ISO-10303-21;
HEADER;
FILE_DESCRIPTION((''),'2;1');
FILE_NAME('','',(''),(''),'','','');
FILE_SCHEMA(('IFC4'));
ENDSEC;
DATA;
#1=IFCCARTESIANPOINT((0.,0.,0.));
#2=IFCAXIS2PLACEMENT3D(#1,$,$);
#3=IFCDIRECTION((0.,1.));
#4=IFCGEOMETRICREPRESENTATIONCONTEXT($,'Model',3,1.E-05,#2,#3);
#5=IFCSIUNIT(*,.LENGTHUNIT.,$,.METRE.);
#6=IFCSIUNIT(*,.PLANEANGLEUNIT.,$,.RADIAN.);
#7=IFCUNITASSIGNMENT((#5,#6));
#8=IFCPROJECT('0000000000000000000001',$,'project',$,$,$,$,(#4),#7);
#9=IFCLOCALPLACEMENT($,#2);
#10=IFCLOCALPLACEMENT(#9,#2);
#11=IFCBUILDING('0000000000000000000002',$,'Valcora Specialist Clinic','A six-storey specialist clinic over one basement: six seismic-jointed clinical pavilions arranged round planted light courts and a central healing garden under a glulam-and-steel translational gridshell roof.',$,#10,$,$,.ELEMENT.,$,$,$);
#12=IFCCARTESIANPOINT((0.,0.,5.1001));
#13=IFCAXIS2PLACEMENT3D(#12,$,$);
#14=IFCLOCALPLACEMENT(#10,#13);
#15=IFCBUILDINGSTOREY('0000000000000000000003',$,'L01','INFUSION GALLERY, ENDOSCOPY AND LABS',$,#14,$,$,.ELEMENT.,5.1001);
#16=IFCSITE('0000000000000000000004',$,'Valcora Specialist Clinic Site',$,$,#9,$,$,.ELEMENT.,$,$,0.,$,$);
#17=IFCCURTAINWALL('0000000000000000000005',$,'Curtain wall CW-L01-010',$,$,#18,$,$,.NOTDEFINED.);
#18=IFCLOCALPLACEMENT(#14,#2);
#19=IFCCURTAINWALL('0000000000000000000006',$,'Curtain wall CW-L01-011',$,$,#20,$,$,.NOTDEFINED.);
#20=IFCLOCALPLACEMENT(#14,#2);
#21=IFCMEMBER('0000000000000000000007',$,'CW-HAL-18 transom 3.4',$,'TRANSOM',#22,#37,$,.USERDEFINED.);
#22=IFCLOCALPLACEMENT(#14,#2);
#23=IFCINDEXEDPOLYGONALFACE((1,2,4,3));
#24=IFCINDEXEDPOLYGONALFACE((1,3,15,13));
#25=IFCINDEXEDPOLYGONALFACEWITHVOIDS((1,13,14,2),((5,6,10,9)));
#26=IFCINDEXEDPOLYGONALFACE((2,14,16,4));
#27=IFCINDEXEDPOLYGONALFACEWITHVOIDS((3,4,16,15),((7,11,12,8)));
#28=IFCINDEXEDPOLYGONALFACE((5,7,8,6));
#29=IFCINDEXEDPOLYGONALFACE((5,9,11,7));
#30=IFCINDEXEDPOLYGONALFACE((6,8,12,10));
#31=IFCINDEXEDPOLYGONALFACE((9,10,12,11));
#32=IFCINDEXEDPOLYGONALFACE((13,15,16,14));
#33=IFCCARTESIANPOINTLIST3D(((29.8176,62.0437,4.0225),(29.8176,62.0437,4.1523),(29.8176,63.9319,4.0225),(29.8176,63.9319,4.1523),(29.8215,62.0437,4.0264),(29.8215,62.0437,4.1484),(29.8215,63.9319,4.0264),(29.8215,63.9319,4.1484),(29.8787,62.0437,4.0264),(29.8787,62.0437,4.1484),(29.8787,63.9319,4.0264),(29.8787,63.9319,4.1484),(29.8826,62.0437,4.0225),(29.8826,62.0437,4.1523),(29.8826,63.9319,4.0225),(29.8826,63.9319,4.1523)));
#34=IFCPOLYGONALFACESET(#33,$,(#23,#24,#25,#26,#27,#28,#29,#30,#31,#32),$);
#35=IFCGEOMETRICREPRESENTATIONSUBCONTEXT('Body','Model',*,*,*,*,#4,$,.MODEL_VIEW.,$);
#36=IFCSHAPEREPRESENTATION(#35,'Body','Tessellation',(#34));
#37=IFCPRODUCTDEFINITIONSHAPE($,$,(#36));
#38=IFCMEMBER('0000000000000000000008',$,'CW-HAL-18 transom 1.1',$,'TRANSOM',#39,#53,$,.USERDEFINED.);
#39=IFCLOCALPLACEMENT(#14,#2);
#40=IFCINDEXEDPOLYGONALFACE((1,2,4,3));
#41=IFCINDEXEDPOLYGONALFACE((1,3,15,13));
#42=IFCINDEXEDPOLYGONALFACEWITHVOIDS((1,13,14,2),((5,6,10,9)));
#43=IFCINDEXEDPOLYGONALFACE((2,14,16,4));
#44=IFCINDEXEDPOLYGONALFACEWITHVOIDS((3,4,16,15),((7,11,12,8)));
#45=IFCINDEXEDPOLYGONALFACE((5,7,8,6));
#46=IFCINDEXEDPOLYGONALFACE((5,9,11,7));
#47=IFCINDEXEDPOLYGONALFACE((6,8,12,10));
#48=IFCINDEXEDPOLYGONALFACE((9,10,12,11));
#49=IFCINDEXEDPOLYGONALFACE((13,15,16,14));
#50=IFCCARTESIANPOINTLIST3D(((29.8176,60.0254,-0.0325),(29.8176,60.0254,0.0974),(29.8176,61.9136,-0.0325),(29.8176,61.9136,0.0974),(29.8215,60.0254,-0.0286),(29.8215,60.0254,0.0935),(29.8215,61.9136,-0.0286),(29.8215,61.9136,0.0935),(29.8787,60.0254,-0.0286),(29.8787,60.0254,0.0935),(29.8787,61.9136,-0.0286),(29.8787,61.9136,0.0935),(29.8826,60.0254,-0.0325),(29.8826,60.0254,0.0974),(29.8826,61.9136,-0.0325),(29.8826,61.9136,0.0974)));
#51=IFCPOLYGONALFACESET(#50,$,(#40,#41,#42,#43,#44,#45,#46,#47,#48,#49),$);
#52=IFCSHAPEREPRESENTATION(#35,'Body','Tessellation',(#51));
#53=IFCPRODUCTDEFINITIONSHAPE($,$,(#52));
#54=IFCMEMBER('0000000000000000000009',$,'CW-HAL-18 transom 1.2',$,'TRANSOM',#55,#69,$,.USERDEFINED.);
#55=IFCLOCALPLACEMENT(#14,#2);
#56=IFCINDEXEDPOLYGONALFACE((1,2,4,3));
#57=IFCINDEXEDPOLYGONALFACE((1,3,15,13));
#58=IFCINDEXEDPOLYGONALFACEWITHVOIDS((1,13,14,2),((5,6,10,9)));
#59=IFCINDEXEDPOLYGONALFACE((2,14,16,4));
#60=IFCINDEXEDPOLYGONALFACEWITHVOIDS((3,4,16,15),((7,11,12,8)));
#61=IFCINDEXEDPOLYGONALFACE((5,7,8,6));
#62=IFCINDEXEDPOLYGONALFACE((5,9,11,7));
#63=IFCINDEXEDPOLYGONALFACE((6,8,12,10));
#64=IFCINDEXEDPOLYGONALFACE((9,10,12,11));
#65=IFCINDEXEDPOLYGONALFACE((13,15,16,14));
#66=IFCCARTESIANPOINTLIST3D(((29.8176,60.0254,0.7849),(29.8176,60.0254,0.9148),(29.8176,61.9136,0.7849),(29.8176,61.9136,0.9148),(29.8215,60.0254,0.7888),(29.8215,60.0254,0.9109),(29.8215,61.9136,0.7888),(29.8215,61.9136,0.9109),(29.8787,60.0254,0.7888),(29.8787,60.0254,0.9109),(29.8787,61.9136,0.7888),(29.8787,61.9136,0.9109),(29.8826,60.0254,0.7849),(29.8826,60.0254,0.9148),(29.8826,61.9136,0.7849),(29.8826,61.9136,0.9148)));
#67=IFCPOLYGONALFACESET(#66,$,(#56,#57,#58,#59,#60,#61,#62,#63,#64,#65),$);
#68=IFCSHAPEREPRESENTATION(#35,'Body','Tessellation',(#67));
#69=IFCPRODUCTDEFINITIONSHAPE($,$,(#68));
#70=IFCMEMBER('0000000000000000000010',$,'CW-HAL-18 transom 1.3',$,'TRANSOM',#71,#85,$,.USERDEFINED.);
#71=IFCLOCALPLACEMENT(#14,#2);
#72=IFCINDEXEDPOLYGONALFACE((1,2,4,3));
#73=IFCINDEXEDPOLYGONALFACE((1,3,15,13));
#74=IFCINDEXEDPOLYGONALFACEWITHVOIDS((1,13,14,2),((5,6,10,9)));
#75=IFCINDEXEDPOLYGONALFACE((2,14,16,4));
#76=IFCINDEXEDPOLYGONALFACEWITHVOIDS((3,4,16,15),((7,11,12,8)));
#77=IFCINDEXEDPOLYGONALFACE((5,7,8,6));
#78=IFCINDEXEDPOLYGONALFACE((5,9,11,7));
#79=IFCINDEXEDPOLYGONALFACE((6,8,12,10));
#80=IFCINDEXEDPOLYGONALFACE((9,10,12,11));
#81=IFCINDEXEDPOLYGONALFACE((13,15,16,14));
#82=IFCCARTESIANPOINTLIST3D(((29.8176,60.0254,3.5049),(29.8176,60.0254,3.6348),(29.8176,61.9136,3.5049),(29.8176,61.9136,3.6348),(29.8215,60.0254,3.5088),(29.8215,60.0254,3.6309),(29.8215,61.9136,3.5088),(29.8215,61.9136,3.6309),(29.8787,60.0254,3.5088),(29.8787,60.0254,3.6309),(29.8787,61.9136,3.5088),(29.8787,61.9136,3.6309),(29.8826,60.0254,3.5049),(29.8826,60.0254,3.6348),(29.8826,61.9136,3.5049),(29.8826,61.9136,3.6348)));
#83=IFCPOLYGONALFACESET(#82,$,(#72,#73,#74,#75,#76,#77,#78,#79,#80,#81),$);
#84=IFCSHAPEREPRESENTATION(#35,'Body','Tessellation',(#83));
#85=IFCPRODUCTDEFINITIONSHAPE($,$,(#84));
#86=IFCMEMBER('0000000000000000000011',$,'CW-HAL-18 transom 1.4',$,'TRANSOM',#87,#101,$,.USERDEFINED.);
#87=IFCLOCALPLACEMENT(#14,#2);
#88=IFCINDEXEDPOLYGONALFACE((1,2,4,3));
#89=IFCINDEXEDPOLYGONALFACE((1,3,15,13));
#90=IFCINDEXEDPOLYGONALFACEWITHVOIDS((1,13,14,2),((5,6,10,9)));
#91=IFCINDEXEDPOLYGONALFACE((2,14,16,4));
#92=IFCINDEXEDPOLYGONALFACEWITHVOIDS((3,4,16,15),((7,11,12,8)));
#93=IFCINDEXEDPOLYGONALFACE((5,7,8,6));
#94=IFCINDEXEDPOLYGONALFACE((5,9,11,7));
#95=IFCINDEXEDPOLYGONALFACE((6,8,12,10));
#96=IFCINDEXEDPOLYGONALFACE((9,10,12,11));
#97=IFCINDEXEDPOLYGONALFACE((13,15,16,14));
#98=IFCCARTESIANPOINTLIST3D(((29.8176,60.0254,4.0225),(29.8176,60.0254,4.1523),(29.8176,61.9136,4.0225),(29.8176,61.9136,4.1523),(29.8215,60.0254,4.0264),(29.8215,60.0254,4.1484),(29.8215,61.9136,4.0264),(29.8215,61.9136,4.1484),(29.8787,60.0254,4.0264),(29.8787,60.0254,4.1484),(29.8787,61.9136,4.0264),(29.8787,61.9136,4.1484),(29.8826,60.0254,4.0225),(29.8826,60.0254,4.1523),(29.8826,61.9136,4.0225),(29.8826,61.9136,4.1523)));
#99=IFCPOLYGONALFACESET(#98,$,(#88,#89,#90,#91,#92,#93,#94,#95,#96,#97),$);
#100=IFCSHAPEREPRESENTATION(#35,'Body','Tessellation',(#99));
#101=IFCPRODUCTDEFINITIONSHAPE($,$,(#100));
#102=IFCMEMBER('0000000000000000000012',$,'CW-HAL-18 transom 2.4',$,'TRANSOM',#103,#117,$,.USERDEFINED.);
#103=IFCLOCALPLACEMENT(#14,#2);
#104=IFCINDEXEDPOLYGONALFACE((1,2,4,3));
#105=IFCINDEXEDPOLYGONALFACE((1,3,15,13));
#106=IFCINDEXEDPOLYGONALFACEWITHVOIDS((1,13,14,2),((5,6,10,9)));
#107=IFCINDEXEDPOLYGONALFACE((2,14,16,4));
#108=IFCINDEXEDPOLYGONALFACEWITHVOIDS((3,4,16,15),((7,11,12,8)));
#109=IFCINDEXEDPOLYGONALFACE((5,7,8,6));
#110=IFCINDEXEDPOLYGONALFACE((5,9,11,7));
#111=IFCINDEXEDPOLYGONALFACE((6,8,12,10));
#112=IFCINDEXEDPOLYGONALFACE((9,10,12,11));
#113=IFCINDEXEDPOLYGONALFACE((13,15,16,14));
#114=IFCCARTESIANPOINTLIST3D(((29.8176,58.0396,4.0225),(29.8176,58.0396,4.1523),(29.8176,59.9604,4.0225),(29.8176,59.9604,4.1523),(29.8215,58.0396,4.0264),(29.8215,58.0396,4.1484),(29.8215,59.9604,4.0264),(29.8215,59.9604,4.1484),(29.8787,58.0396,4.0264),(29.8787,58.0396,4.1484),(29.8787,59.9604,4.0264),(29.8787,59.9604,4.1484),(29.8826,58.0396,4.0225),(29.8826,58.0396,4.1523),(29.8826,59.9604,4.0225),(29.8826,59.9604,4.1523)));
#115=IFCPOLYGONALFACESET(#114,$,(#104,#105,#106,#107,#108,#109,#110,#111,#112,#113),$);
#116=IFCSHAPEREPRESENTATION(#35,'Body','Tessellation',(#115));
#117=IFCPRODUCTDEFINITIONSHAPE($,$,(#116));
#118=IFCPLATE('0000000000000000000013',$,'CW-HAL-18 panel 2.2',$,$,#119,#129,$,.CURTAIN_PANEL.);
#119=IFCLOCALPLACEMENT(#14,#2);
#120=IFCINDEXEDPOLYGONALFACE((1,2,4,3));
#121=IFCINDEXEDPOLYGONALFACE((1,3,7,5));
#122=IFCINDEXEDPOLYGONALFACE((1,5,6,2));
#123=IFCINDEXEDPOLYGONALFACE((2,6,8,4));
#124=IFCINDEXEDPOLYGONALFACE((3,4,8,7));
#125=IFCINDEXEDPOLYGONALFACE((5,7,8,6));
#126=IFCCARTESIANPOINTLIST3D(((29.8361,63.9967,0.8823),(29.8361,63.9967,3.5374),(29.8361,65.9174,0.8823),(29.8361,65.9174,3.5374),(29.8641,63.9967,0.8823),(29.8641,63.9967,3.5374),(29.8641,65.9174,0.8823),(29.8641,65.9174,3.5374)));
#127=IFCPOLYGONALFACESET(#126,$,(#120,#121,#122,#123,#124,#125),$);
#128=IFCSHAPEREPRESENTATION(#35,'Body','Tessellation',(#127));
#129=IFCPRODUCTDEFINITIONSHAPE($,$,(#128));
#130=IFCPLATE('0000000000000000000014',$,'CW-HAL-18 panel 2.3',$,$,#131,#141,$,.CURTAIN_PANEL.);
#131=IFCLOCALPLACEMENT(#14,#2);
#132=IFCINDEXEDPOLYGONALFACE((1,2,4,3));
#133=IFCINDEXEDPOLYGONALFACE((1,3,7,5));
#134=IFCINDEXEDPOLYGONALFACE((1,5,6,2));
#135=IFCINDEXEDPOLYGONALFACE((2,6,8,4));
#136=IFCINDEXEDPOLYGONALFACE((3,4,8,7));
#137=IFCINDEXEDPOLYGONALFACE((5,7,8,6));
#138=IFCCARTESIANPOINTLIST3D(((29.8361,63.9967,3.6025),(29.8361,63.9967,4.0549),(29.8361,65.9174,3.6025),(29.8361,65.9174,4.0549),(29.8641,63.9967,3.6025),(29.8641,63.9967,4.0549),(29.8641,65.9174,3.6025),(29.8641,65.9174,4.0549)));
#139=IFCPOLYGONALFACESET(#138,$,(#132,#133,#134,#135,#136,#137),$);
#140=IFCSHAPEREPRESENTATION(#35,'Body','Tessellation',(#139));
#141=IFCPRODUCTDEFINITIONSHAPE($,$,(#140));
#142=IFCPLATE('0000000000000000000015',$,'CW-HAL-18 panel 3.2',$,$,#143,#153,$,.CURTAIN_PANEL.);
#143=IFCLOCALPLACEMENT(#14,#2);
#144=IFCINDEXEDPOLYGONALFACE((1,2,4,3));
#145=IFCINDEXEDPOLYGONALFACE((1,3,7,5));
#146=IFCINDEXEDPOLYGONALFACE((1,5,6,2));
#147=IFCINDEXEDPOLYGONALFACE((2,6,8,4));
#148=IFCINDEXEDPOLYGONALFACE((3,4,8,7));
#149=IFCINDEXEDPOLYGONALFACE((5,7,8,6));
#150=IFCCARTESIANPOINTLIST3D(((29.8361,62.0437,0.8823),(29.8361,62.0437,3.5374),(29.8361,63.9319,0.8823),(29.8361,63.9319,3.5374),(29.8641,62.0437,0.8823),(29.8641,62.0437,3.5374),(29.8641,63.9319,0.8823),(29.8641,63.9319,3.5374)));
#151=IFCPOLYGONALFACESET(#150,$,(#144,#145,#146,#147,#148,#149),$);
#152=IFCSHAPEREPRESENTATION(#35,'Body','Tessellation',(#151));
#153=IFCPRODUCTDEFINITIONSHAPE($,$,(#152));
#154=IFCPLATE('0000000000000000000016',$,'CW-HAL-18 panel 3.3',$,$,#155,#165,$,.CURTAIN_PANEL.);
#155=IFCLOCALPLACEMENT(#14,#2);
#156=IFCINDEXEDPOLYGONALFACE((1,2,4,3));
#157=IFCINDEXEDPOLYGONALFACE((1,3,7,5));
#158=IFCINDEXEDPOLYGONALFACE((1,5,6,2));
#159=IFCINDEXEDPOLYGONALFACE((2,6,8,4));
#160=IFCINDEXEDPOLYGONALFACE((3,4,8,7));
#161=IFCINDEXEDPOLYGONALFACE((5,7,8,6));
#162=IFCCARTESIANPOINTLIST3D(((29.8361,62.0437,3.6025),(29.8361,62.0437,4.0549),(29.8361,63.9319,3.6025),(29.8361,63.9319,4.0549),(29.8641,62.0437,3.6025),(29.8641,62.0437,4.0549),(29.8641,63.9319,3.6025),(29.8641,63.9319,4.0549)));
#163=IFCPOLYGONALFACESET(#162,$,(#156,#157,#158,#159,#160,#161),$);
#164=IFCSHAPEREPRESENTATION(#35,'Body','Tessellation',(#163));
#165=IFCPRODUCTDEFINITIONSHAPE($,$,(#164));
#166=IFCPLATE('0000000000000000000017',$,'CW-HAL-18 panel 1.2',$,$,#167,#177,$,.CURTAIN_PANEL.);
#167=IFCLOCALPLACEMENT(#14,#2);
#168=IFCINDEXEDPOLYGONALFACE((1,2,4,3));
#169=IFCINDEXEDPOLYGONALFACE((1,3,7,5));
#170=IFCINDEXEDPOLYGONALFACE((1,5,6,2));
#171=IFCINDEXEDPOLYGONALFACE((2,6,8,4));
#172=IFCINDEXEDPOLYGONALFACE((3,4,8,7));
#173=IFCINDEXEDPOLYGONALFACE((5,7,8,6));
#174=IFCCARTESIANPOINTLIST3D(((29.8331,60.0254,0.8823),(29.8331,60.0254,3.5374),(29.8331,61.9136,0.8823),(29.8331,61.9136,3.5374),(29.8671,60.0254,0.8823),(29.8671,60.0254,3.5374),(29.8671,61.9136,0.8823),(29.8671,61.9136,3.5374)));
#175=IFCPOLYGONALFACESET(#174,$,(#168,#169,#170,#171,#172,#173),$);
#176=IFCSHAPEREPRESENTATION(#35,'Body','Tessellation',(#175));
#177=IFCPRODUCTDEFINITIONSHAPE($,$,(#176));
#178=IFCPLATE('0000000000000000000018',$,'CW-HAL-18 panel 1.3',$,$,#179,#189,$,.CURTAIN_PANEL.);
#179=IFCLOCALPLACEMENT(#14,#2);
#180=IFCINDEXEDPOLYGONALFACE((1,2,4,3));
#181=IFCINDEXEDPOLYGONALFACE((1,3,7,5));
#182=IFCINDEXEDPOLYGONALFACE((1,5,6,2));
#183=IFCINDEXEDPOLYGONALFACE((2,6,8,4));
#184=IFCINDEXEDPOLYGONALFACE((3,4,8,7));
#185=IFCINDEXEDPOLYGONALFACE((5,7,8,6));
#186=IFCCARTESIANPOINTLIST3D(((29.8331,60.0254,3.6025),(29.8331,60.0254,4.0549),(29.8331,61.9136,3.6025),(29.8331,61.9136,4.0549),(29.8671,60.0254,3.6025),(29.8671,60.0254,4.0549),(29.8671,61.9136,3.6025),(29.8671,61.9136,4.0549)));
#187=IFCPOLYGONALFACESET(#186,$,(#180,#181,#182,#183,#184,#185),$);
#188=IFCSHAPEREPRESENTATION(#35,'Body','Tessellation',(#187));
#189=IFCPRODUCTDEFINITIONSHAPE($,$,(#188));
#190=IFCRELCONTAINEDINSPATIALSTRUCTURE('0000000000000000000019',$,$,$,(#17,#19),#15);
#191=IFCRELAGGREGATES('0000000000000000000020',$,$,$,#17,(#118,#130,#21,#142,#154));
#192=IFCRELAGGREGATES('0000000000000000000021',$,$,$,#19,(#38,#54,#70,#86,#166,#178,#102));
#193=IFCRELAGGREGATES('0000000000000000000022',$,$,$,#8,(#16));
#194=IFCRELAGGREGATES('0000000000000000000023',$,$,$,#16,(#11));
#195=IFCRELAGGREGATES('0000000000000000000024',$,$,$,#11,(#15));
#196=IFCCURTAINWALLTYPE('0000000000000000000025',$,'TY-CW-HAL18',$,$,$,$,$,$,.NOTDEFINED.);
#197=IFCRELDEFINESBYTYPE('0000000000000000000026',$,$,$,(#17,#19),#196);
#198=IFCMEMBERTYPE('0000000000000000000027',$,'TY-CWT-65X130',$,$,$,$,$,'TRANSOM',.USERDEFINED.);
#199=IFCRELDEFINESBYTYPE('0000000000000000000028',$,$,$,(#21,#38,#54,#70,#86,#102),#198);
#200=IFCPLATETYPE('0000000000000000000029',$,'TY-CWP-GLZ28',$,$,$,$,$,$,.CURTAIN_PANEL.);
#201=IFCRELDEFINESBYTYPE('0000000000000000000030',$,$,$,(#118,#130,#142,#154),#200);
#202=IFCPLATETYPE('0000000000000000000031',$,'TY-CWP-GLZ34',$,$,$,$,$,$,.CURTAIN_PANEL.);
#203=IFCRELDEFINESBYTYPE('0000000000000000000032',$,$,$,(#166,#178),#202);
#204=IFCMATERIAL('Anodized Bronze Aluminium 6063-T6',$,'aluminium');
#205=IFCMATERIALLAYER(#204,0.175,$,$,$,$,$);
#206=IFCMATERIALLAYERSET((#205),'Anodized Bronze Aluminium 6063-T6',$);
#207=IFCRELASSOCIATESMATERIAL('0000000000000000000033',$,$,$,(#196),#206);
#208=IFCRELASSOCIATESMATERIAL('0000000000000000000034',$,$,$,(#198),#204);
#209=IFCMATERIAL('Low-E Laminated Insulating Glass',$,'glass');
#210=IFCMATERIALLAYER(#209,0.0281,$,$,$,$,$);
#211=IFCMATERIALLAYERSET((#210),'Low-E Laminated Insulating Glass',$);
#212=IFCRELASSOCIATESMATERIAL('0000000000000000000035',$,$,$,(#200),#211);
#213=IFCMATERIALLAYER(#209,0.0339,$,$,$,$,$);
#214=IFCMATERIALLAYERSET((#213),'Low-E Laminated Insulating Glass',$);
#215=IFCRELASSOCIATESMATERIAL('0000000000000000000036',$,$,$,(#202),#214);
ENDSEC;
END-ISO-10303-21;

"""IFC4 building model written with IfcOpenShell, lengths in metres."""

from ifc_helpers import new_model, si_unit, direction, frame, origin, origin_2d, place, context, subcontext, project, spatial, rectangle, hollow_rectangle, extrude, material, layer, layer_set, material_profile, profile_set, type_object, element, aggregate, save


model = new_model("IFC4")

# Units and contexts
model_context = context("Model", 3, precision=1e-05, world=origin(), true_north=direction((0.0, 1.0)))
body_context = subcontext(model_context, "Body", "Model", "MODEL_VIEW")
ifc_project = project(units=[si_unit("LENGTHUNIT", "METRE"), si_unit("PLANEANGLEUNIT", "RADIAN")], contexts=[model_context])

# Site, building, storey
site_placement = place(None, origin())
site = spatial("IfcSite", under=ifc_project, at=site_placement, Name="Valcora Specialist Clinic Site", CompositionType="ELEMENT", RefElevation=0.0)
building_placement = place(site_placement, origin())
building = spatial("IfcBuilding", under=site, at=building_placement, Name="Valcora Specialist Clinic", Description="A six-storey specialist clinic over one basement: six seismic-jointed clinical pavilions arranged round planted light courts and a central healing garden under a glulam-and-steel translational gridshell roof.", CompositionType="ELEMENT")
storey_placement = place(building_placement, frame((0.0, 0.0, 5.1001)))
storey = spatial("IfcBuildingStorey", under=building, at=storey_placement, Name="L01", Description="INFUSION GALLERY, ENDOSCOPY AND LABS", CompositionType="ELEMENT", Elevation=5.1001)

# Curtain walls
ifc_material_1 = material(Name="Anodized Bronze Aluminium 6063-T6", Category="aluminium")
ifc_layer_1 = layer(ifc_material_1, 0.175)
ifc_layer_set_1 = layer_set([ifc_layer_1], Name="Anodized Bronze Aluminium 6063-T6")
curtain_wall_type = type_object("IfcCurtainWallType", Name="TY-CW-HAL18", PredefinedType="NOTDEFINED", material=ifc_layer_set_1)
curtain_wall_1_placement = place(storey_placement, origin())
curtain_wall_1 = element("IfcCurtainWall", 1, at=curtain_wall_1_placement, inside=storey, type_object=curtain_wall_type, Name="Curtain wall CW-L01-010", PredefinedType="NOTDEFINED")
curtain_wall_2_placement = place(storey_placement, origin())
curtain_wall_2 = element("IfcCurtainWall", 2, at=curtain_wall_2_placement, inside=storey, type_object=curtain_wall_type, Name="Curtain wall CW-L01-011", PredefinedType="NOTDEFINED")

# Members
ifc_material_profile_1 = material_profile(ifc_material_1, hollow_rectangle(XDim=0.0649, YDim=0.1299, WallThickness=0.0039, at=origin_2d()), Name="AL-TRN-65X130")
ifc_profile_set_1 = profile_set([ifc_material_profile_1], Name="Anodized Bronze Aluminium 6063-T6")
member_type_1 = type_object("IfcMemberType", Name="TY-CWT-65X130", ElementType="TRANSOM", PredefinedType="USERDEFINED", material=ifc_profile_set_1)
member_1_placement = place(storey_placement, frame((29.8501, 63.9319, 4.0874), z_axis=(0.0, -1.0, 0.0), x_axis=(1.0, 0.0, 0.0)))
member_1 = element("IfcMember", 3, at=member_1_placement, type_object=member_type_1, Name="CW-HAL-18 transom 3.4", ObjectType="TRANSOM", PredefinedType="USERDEFINED", context=body_context, shape_type="SweptSolid", body=[
    extrude(hollow_rectangle(XDim=0.0649, YDim=0.1299, WallThickness=0.0039, at=origin_2d()), origin(), (0.0, 0.0, 1.0), 1.8882),
])
member_2_placement = place(storey_placement, frame((29.8501, 61.9136, 0.0325), z_axis=(0.0, -1.0, 0.0), x_axis=(1.0, 0.0, 0.0)))
member_2 = element("IfcMember", 4, at=member_2_placement, type_object=member_type_1, Name="CW-HAL-18 transom 1.1", ObjectType="TRANSOM", PredefinedType="USERDEFINED", context=body_context, shape_type="SweptSolid", body=[
    extrude(hollow_rectangle(XDim=0.0649, YDim=0.1299, WallThickness=0.0039, at=origin_2d()), origin(), (0.0, 0.0, 1.0), 1.8882),
])
member_3_placement = place(storey_placement, frame((29.8501, 61.9136, 0.8499), z_axis=(0.0, -1.0, 0.0), x_axis=(1.0, 0.0, 0.0)))
member_3 = element("IfcMember", 5, at=member_3_placement, type_object=member_type_1, Name="CW-HAL-18 transom 1.2", ObjectType="TRANSOM", PredefinedType="USERDEFINED", context=body_context, shape_type="SweptSolid", body=[
    extrude(hollow_rectangle(XDim=0.0649, YDim=0.1299, WallThickness=0.0039, at=origin_2d()), origin(), (0.0, 0.0, 1.0), 1.8882),
])
member_4_placement = place(storey_placement, frame((29.8501, 61.9136, 3.5698), z_axis=(0.0, -1.0, 0.0), x_axis=(1.0, 0.0, 0.0)))
member_4 = element("IfcMember", 6, at=member_4_placement, type_object=member_type_1, Name="CW-HAL-18 transom 1.3", ObjectType="TRANSOM", PredefinedType="USERDEFINED", context=body_context, shape_type="SweptSolid", body=[
    extrude(hollow_rectangle(XDim=0.0649, YDim=0.1299, WallThickness=0.0039, at=origin_2d()), origin(), (0.0, 0.0, 1.0), 1.8882),
])
member_5_placement = place(storey_placement, frame((29.8501, 61.9136, 4.0874), z_axis=(0.0, -1.0, 0.0), x_axis=(1.0, 0.0, 0.0)))
member_5 = element("IfcMember", 7, at=member_5_placement, type_object=member_type_1, Name="CW-HAL-18 transom 1.4", ObjectType="TRANSOM", PredefinedType="USERDEFINED", context=body_context, shape_type="SweptSolid", body=[
    extrude(hollow_rectangle(XDim=0.0649, YDim=0.1299, WallThickness=0.0039, at=origin_2d()), origin(), (0.0, 0.0, 1.0), 1.8882),
])
member_6_placement = place(storey_placement, frame((29.8501, 59.9604, 4.0874), z_axis=(0.0, -1.0, 0.0), x_axis=(1.0, 0.0, 0.0)))
member_6 = element("IfcMember", 8, at=member_6_placement, type_object=member_type_1, Name="CW-HAL-18 transom 2.4", ObjectType="TRANSOM", PredefinedType="USERDEFINED", context=body_context, shape_type="SweptSolid", body=[
    extrude(hollow_rectangle(XDim=0.0649, YDim=0.1299, WallThickness=0.0039, at=origin_2d()), origin(), (0.0, 0.0, 1.0), 1.9209),
])

# Plates
ifc_material_2 = material(Name="Low-E Laminated Insulating Glass", Category="glass")
ifc_layer_2 = layer(ifc_material_2, 0.0281)
ifc_layer_set_2 = layer_set([ifc_layer_2], Name="Low-E Laminated Insulating Glass")
plate_type_1 = type_object("IfcPlateType", Name="TY-CWP-GLZ28", PredefinedType="CURTAIN_PANEL", material=ifc_layer_set_2)
plate_1_placement = place(storey_placement, frame((29.8501, 64.957, 0.8823), z_axis=(0.0, 0.0, 1.0), x_axis=(0.0, -1.0, 0.0)))
plate_1 = element("IfcPlate", 9, at=plate_1_placement, type_object=plate_type_1, Name="CW-HAL-18 panel 2.2", PredefinedType="CURTAIN_PANEL", context=body_context, shape_type="SweptSolid", body=[
    extrude(rectangle(XDim=1.9207, YDim=0.0281, at=origin_2d()), origin(), (0.0, 0.0, 1.0), 2.655),
])
plate_2_placement = place(storey_placement, frame((29.8501, 64.957, 3.6025), z_axis=(0.0, 0.0, 1.0), x_axis=(0.0, -1.0, 0.0)))
plate_2 = element("IfcPlate", 10, at=plate_2_placement, type_object=plate_type_1, Name="CW-HAL-18 panel 2.3", PredefinedType="CURTAIN_PANEL", context=body_context, shape_type="SweptSolid", body=[
    extrude(rectangle(XDim=1.9207, YDim=0.0281, at=origin_2d()), origin(), (0.0, 0.0, 1.0), 0.4524),
])
plate_3_placement = place(storey_placement, frame((29.8501, 62.9878, 0.8823), z_axis=(0.0, 0.0, 1.0), x_axis=(0.0, -1.0, 0.0)))
plate_3 = element("IfcPlate", 11, at=plate_3_placement, type_object=plate_type_1, Name="CW-HAL-18 panel 3.2", PredefinedType="CURTAIN_PANEL", context=body_context, shape_type="SweptSolid", body=[
    extrude(rectangle(XDim=1.8882, YDim=0.0281, at=origin_2d()), origin(), (0.0, 0.0, 1.0), 2.655),
])
plate_4_placement = place(storey_placement, frame((29.8501, 62.9878, 3.6025), z_axis=(0.0, 0.0, 1.0), x_axis=(0.0, -1.0, 0.0)))
plate_4 = element("IfcPlate", 12, at=plate_4_placement, type_object=plate_type_1, Name="CW-HAL-18 panel 3.3", PredefinedType="CURTAIN_PANEL", context=body_context, shape_type="SweptSolid", body=[
    extrude(rectangle(XDim=1.8882, YDim=0.0281, at=origin_2d()), origin(), (0.0, 0.0, 1.0), 0.4524),
])
ifc_layer_3 = layer(ifc_material_2, 0.0339)
ifc_layer_set_3 = layer_set([ifc_layer_3], Name="Low-E Laminated Insulating Glass")
plate_type_2 = type_object("IfcPlateType", Name="TY-CWP-GLZ34", PredefinedType="CURTAIN_PANEL", material=ifc_layer_set_3)
plate_5_placement = place(storey_placement, frame((29.8501, 60.9695, 0.8823), z_axis=(0.0, 0.0, 1.0), x_axis=(0.0, -1.0, 0.0)))
plate_5 = element("IfcPlate", 13, at=plate_5_placement, type_object=plate_type_2, Name="CW-HAL-18 panel 1.2", PredefinedType="CURTAIN_PANEL", context=body_context, shape_type="SweptSolid", body=[
    extrude(rectangle(XDim=1.8882, YDim=0.0339, at=origin_2d()), origin(), (0.0, 0.0, 1.0), 2.655),
])
plate_6_placement = place(storey_placement, frame((29.8501, 60.9695, 3.6025), z_axis=(0.0, 0.0, 1.0), x_axis=(0.0, -1.0, 0.0)))
plate_6 = element("IfcPlate", 14, at=plate_6_placement, type_object=plate_type_2, Name="CW-HAL-18 panel 1.3", PredefinedType="CURTAIN_PANEL", context=body_context, shape_type="SweptSolid", body=[
    extrude(rectangle(XDim=1.8882, YDim=0.0339, at=origin_2d()), origin(), (0.0, 0.0, 1.0), 0.4524),
])
aggregate(curtain_wall_1, [plate_1, plate_2, member_1, plate_3, plate_4])
aggregate(curtain_wall_2, [member_2, member_3, member_4, member_5, plate_5, plate_6, member_6])

save(model, "model.ifc")
